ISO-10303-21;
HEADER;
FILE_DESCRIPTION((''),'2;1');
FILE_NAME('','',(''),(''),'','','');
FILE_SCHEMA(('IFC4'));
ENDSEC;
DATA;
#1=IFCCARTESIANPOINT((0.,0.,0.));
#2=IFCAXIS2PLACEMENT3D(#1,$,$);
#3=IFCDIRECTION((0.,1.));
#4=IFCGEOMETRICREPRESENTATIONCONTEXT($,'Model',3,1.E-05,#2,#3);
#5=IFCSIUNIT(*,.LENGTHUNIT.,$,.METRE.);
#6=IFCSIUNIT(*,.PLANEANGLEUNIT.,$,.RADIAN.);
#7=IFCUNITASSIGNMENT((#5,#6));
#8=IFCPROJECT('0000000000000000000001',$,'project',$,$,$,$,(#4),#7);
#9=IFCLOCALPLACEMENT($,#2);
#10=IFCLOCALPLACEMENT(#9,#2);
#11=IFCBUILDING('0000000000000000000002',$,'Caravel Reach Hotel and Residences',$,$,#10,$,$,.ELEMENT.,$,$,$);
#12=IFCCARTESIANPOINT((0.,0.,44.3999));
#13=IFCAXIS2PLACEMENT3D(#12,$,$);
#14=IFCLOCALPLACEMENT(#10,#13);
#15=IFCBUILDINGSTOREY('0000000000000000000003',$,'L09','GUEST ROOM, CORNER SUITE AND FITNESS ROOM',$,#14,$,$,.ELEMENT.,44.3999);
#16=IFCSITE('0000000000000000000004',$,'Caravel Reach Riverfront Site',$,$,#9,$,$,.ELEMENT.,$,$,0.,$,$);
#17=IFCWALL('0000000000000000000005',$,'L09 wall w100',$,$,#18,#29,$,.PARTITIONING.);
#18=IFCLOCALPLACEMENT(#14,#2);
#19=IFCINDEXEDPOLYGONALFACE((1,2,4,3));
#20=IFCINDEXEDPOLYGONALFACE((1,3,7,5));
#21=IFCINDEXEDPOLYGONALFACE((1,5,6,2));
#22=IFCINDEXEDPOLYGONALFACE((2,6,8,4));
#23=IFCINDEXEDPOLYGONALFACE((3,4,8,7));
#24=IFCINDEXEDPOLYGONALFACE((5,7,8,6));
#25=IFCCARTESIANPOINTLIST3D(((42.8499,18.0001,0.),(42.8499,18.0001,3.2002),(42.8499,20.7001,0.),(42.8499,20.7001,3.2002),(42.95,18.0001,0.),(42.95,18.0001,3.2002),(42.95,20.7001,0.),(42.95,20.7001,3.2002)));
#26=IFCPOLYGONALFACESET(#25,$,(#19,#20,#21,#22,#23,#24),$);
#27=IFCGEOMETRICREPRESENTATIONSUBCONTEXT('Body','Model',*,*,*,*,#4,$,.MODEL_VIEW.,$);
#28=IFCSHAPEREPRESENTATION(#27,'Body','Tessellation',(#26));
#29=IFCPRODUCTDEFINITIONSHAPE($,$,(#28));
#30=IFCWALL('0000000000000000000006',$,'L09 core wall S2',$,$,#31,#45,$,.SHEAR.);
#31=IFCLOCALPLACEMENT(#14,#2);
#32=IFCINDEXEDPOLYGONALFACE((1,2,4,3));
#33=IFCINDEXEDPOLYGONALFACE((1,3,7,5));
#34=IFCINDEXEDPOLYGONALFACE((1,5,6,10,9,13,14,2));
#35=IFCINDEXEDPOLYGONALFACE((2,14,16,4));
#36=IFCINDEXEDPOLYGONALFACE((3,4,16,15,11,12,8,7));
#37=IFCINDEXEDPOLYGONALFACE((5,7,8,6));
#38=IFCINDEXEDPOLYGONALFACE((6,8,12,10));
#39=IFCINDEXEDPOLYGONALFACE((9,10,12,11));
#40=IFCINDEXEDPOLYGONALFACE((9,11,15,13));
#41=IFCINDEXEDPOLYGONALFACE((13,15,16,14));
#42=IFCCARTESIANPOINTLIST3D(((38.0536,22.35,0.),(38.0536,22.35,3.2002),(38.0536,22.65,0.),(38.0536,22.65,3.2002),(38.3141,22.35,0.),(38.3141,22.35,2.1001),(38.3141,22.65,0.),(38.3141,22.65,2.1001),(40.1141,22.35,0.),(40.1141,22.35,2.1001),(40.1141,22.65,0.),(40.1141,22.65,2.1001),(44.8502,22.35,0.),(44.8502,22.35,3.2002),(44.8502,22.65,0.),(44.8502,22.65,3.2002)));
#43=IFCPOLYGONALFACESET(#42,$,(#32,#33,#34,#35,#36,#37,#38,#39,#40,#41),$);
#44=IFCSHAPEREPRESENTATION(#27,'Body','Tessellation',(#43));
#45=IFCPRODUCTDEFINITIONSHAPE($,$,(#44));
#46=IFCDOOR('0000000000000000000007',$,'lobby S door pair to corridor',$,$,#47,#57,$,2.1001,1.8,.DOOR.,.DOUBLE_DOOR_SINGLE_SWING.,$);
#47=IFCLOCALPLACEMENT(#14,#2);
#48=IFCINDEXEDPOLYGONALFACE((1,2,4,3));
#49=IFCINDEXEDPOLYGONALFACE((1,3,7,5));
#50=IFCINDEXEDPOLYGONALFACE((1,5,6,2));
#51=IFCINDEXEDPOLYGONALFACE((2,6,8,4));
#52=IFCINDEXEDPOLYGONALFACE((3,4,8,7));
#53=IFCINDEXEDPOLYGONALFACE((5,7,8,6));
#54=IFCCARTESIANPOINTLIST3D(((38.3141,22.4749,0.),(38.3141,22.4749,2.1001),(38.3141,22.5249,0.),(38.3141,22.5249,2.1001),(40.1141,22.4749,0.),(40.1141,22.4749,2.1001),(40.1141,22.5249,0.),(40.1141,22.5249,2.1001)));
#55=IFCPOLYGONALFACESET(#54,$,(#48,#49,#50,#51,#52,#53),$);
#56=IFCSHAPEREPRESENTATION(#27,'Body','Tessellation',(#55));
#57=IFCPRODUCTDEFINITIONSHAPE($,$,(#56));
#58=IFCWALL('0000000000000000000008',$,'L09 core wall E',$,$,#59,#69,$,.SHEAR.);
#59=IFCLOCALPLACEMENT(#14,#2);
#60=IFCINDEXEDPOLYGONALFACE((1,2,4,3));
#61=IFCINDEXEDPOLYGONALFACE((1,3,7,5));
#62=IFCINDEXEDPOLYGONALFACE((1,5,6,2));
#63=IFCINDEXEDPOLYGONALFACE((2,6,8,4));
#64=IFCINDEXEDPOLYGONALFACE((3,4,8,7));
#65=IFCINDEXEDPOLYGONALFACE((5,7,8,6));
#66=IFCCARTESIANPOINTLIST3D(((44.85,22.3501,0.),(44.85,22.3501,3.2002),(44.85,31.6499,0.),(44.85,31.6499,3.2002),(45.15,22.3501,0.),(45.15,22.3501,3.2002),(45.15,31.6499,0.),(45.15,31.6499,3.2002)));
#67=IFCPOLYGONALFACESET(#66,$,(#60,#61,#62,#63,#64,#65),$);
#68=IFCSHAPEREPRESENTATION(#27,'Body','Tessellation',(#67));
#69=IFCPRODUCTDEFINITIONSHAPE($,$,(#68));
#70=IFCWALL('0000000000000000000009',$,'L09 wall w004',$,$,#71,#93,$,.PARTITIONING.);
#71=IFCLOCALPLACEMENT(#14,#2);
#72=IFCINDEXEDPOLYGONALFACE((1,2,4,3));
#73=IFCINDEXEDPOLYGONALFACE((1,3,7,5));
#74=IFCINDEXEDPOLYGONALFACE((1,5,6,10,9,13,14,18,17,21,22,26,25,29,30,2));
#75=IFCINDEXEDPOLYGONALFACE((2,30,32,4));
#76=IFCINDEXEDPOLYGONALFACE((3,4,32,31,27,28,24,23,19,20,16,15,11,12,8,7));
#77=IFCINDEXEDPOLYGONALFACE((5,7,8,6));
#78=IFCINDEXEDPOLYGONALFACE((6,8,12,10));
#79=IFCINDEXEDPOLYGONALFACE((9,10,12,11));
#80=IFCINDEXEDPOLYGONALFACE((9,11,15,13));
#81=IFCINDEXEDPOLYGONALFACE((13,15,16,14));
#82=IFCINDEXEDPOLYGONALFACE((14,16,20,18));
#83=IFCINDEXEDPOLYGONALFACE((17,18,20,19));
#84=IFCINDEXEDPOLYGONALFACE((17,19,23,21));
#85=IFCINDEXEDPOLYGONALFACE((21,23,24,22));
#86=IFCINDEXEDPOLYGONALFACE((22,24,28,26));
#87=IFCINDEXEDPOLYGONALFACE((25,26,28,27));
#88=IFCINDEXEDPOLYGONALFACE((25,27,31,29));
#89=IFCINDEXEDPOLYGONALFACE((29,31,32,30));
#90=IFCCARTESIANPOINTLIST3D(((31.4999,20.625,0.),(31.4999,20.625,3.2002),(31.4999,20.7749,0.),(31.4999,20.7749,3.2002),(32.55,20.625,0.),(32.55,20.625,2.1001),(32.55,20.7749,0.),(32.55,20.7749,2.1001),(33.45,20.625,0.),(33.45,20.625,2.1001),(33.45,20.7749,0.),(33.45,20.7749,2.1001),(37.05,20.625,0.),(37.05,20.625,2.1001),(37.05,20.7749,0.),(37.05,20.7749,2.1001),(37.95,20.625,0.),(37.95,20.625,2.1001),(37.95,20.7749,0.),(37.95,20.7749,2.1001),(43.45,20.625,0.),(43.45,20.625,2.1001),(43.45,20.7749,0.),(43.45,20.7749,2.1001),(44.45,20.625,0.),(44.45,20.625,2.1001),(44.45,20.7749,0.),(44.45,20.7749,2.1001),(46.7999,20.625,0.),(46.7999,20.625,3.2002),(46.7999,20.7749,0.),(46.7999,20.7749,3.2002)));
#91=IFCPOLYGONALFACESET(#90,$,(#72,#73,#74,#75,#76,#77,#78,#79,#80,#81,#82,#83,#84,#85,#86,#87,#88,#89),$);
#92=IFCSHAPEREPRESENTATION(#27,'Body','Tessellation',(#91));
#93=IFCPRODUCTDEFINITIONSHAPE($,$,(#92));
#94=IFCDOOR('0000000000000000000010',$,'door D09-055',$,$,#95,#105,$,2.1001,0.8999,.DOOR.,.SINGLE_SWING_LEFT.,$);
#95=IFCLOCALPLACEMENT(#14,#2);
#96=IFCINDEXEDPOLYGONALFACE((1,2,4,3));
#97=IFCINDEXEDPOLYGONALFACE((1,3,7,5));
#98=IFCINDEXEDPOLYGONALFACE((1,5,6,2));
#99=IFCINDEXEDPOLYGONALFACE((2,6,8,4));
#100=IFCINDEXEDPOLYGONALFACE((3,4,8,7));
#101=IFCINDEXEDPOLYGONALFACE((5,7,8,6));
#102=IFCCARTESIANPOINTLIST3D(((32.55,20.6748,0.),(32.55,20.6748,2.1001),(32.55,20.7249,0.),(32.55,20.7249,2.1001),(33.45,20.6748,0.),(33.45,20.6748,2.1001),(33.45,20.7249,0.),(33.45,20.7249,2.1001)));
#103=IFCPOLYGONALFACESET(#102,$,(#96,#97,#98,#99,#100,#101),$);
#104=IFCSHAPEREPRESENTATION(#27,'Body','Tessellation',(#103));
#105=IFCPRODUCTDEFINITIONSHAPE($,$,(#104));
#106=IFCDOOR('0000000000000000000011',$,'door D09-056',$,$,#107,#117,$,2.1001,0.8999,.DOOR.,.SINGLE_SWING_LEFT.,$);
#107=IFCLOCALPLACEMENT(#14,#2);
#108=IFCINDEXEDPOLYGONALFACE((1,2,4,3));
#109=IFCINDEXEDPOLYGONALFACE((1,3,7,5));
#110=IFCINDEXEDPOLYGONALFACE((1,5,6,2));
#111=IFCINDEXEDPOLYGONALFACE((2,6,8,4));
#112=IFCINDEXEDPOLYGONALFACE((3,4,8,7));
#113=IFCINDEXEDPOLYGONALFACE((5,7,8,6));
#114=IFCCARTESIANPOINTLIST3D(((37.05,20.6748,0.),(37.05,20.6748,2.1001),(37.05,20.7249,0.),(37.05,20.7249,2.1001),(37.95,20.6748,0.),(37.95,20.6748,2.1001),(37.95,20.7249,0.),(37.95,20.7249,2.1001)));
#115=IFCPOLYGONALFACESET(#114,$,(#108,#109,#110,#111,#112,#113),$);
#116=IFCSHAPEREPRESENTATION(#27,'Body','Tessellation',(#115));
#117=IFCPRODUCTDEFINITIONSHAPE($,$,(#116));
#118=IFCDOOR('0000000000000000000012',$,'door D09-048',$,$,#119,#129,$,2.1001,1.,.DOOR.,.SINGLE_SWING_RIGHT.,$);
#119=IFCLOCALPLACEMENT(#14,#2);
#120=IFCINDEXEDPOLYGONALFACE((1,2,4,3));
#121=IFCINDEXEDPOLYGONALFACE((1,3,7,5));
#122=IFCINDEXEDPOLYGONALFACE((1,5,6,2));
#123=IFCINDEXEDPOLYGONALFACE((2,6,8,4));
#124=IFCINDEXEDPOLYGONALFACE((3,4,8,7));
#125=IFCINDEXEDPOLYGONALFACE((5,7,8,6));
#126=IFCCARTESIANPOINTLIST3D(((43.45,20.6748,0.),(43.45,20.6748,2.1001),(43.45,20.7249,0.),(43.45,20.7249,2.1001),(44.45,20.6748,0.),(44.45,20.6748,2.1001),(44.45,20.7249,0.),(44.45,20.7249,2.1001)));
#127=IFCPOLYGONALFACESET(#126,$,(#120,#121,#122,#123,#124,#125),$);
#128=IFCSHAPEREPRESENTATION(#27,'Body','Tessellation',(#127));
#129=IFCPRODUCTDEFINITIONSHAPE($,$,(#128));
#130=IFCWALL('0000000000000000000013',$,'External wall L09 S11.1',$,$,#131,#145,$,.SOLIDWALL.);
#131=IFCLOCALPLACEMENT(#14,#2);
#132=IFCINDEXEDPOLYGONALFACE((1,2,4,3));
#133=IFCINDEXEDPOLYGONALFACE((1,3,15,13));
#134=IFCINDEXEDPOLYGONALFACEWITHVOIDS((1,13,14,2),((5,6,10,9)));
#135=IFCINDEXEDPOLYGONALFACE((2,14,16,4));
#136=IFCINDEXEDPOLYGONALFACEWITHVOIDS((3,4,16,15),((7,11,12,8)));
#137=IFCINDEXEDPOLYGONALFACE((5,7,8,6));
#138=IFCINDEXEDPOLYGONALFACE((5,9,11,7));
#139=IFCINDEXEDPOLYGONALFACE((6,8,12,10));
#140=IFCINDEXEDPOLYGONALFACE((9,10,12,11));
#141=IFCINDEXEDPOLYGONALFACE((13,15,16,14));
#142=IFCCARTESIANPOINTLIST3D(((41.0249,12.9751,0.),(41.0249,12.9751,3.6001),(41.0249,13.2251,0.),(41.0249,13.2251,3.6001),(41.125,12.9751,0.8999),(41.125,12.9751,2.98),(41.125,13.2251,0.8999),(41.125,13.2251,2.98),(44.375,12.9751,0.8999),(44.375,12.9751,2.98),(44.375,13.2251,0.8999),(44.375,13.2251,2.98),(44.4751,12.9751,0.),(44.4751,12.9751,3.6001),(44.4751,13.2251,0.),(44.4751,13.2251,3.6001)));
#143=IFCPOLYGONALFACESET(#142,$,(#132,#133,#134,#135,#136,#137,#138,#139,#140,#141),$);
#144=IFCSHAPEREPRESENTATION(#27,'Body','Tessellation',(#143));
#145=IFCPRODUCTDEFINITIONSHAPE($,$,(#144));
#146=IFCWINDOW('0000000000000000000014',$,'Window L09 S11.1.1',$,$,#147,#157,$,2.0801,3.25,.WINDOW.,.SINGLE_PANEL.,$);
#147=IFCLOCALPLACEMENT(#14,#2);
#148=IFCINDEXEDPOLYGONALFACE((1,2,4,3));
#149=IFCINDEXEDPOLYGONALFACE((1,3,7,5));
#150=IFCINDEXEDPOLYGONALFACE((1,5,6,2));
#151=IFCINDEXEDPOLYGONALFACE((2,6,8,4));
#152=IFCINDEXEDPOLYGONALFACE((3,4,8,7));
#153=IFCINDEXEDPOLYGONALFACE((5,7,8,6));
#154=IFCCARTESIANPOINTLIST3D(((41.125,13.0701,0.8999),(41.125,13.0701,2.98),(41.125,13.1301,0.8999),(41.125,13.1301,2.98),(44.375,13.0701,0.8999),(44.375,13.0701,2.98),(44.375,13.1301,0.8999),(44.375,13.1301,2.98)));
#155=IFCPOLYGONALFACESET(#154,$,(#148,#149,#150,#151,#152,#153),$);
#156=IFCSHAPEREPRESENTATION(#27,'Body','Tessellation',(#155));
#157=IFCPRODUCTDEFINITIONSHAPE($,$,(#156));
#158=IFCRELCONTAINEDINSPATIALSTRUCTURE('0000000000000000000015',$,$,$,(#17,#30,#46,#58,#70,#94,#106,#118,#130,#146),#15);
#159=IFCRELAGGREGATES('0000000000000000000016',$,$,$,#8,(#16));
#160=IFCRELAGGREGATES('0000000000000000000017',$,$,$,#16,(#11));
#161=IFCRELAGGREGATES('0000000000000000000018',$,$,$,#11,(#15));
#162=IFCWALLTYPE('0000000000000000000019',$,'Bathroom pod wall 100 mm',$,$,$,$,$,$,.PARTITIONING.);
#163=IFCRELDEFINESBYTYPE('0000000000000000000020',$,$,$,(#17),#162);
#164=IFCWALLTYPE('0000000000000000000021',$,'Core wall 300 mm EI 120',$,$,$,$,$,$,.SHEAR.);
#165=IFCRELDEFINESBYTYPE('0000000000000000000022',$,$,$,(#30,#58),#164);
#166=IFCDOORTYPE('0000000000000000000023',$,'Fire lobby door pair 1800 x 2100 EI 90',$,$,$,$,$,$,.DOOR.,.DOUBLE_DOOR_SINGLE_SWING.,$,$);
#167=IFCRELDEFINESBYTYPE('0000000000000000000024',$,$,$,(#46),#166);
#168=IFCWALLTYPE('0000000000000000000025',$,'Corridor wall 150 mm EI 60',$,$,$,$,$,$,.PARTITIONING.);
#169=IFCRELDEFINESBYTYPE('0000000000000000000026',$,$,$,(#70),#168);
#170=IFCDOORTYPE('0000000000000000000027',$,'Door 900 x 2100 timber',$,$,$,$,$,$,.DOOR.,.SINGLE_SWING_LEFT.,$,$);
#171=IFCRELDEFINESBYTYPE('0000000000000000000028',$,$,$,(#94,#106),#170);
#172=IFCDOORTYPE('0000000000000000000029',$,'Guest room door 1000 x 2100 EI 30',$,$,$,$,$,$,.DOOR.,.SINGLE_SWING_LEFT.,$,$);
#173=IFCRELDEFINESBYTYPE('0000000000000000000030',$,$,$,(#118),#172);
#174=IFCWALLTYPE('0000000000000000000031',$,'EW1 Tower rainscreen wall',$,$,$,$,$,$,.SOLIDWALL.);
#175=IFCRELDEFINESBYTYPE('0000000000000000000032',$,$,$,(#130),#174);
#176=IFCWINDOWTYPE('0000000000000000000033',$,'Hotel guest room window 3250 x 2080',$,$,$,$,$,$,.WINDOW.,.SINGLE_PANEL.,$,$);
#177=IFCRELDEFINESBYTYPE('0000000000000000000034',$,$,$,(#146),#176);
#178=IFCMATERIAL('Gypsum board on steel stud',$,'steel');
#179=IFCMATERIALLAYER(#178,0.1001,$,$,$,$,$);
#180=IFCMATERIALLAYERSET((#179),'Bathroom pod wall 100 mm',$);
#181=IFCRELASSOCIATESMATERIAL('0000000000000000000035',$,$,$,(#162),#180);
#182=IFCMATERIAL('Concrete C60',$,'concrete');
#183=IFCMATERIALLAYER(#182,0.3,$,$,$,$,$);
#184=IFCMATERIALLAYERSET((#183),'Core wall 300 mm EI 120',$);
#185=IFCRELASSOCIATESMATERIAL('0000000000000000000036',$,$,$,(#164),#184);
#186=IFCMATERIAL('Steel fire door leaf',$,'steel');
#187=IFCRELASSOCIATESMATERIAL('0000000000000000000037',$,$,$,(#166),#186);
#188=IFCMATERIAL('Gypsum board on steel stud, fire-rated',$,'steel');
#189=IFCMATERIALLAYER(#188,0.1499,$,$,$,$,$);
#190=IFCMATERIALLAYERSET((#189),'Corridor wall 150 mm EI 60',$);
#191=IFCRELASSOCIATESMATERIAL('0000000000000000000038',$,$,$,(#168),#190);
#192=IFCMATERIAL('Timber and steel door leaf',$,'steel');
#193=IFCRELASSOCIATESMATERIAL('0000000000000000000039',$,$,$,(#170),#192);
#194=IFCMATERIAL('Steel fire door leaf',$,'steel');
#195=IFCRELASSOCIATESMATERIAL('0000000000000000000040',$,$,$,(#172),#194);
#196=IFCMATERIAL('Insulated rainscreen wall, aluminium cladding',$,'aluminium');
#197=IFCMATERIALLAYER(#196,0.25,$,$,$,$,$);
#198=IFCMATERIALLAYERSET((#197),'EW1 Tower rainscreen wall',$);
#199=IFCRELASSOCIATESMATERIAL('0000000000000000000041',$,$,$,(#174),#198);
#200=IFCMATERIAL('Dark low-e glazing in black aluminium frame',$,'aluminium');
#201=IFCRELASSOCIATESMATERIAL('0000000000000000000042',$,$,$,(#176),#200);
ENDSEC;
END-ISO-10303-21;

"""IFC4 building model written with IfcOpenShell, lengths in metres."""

from ifc_helpers import new_model, si_unit, direction, frame, frame_2d, origin, place, context, subcontext, project, spatial, rectangle, extrude, material, layer, layer_set, type_object, element, fill, save


model = new_model("IFC4")

# Units and contexts
model_context = context("Model", 3, precision=1e-05, world=origin(), true_north=direction((0.0, 1.0)))
body_context = subcontext(model_context, "Body", "Model", "MODEL_VIEW")
ifc_project = project(units=[si_unit("LENGTHUNIT", "METRE"), si_unit("PLANEANGLEUNIT", "RADIAN")], contexts=[model_context])

# Site, building, storey
site_placement = place(None, origin())
site = spatial("IfcSite", under=ifc_project, at=site_placement, Name="Caravel Reach Riverfront Site", CompositionType="ELEMENT", RefElevation=0.0)
building_placement = place(site_placement, origin())
building = spatial("IfcBuilding", under=site, at=building_placement, Name="Caravel Reach Hotel and Residences", CompositionType="ELEMENT")
storey_placement = place(building_placement, frame((0.0, 0.0, 44.3999)))
storey = spatial("IfcBuildingStorey", under=building, at=storey_placement, Name="L09", Description="GUEST ROOM, CORNER SUITE AND FITNESS ROOM", CompositionType="ELEMENT", Elevation=44.3999)

# Shared definitions
ifc_material_1 = material(Name="Gypsum board on steel stud", Category="steel")
ifc_layer_1 = layer(ifc_material_1, 0.1001)
ifc_layer_set_1 = layer_set([ifc_layer_1], Name="Bathroom pod wall 100 mm")
wall_type_1 = type_object("IfcWallType", Name="Bathroom pod wall 100 mm", PredefinedType="PARTITIONING", material=ifc_layer_set_1)

# Wall
wall_1_placement = place(storey_placement, frame((42.8999, 18.0, 0.0), z_axis=(0.0, 0.0, 1.0), x_axis=(0.0, 1.0, 0.0)))
element("IfcWall", 1, at=wall_1_placement, inside=storey, type_object=wall_type_1, Name="L09 wall w100", PredefinedType="PARTITIONING", context=body_context, shape_type="SweptSolid", body=[
    extrude(rectangle(XDim=2.7, YDim=0.1001, at=frame_2d((1.3501, 0.0))), origin(), (0.0, 0.0, 1.0), 3.2002),
])

# Wall, opening, door
ifc_material_2 = material(Name="Concrete C60", Category="concrete")
ifc_layer_2 = layer(ifc_material_2, 0.3)
ifc_layer_set_2 = layer_set([ifc_layer_2], Name="Core wall 300 mm EI 120")
wall_type_2 = type_object("IfcWallType", Name="Core wall 300 mm EI 120", PredefinedType="SHEAR", material=ifc_layer_set_2)
wall_2_placement = place(storey_placement, frame((38.0535, 22.5, 0.0), z_axis=(0.0, 0.0, 1.0), x_axis=(1.0, 0.0, 0.0)))
wall_2 = element("IfcWall", 2, at=wall_2_placement, inside=storey, type_object=wall_type_2, Name="L09 core wall S2", PredefinedType="SHEAR", context=body_context, shape_type="SweptSolid", body=[
    extrude(rectangle(XDim=6.7966, YDim=0.3, at=frame_2d((3.3984, 0.0))), origin(), (0.0, 0.0, 1.0), 3.2002),
])
opening_1_placement = place(wall_2_placement, frame((0.2607, 0.0, 0.0)))
opening_1 = element("IfcOpeningElement", 3, at=opening_1_placement, cuts=wall_2, PredefinedType="OPENING", context=body_context, shape_type="SweptSolid", body=[
    extrude(rectangle(XDim=1.8, YDim=2.1001, at=frame_2d((0.8999, 1.05))), frame((0.0, 0.1599, 0.0), z_axis=(0.0, -1.0, 0.0), x_axis=(1.0, 0.0, 0.0)), (0.0, 0.0, 1.0), 0.3201),
])
ifc_material_3 = material(Name="Steel fire door leaf", Category="steel")
door_type_1 = type_object("IfcDoorType", Name="Fire lobby door pair 1800 x 2100 EI 90", OperationType="DOUBLE_DOOR_SINGLE_SWING", PredefinedType="DOOR", material=ifc_material_3)
door_1_placement = place(opening_1_placement, origin())
door_1 = element("IfcDoor", 4, at=door_1_placement, inside=storey, type_object=door_type_1, Name="lobby S door pair to corridor", OperationType="DOUBLE_DOOR_SINGLE_SWING", OverallHeight=2.1001, OverallWidth=1.8, PredefinedType="DOOR", context=body_context, shape_type="SweptSolid", body=[
    extrude(rectangle(XDim=1.8, YDim=2.1001, at=frame_2d((0.8999, 1.05))), frame((0.0, 0.0249, 0.0), z_axis=(0.0, -1.0, 0.0), x_axis=(1.0, 0.0, 0.0)), (0.0, 0.0, 1.0), 0.05),
])
fill(opening_1, door_1)

# Wall
wall_3_placement = place(storey_placement, frame((45.0, 22.3501, 0.0), z_axis=(0.0, 0.0, 1.0), x_axis=(0.0, 1.0, 0.0)))
element("IfcWall", 5, at=wall_3_placement, inside=storey, type_object=wall_type_2, Name="L09 core wall E", PredefinedType="SHEAR", context=body_context, shape_type="SweptSolid", body=[
    extrude(rectangle(XDim=9.2998, YDim=0.3, at=frame_2d((4.6499, 0.0))), origin(), (0.0, 0.0, 1.0), 3.2002),
])

# Wall, openings, doors
ifc_material_4 = material(Name="Gypsum board on steel stud, fire-rated", Category="steel")
ifc_layer_3 = layer(ifc_material_4, 0.1499)
ifc_layer_set_3 = layer_set([ifc_layer_3], Name="Corridor wall 150 mm EI 60")
wall_type_3 = type_object("IfcWallType", Name="Corridor wall 150 mm EI 60", PredefinedType="PARTITIONING", material=ifc_layer_set_3)
wall_4_placement = place(storey_placement, frame((31.5, 20.7, 0.0), z_axis=(0.0, 0.0, 1.0), x_axis=(1.0, 0.0, 0.0)))
wall_4 = element("IfcWall", 6, at=wall_4_placement, inside=storey, type_object=wall_type_3, Name="L09 wall w004", PredefinedType="PARTITIONING", context=body_context, shape_type="SweptSolid", body=[
    extrude(rectangle(XDim=15.3, YDim=0.1499, at=frame_2d((7.6499, 0.0))), origin(), (0.0, 0.0, 1.0), 3.2002),
])
opening_2_placement = place(wall_4_placement, frame((11.95, 0.0, 0.0)))
opening_2 = element("IfcOpeningElement", 7, at=opening_2_placement, cuts=wall_4, PredefinedType="OPENING", context=body_context, shape_type="SweptSolid", body=[
    extrude(rectangle(XDim=1.0, YDim=2.1001, at=frame_2d((0.5, 1.05))), frame((0.0, 0.085, 0.0), z_axis=(0.0, -1.0, 0.0), x_axis=(1.0, 0.0, 0.0)), (0.0, 0.0, 1.0), 0.1699),
])
opening_3_placement = place(wall_4_placement, frame((1.05, 0.0, 0.0)))
opening_3 = element("IfcOpeningElement", 8, at=opening_3_placement, cuts=wall_4, PredefinedType="OPENING", context=body_context, shape_type="SweptSolid", body=[
    extrude(rectangle(XDim=0.8999, YDim=2.1001, at=frame_2d((0.45, 1.05))), frame((0.0, 0.085, 0.0), z_axis=(0.0, -1.0, 0.0), x_axis=(1.0, 0.0, 0.0)), (0.0, 0.0, 1.0), 0.1699),
])
opening_4_placement = place(wall_4_placement, frame((5.55, 0.0, 0.0)))
opening_4 = element("IfcOpeningElement", 9, at=opening_4_placement, cuts=wall_4, PredefinedType="OPENING", context=body_context, shape_type="SweptSolid", body=[
    extrude(rectangle(XDim=0.8999, YDim=2.1001, at=frame_2d((0.45, 1.05))), frame((0.0, 0.085, 0.0), z_axis=(0.0, -1.0, 0.0), x_axis=(1.0, 0.0, 0.0)), (0.0, 0.0, 1.0), 0.1699),
])
ifc_material_5 = material(Name="Timber and steel door leaf", Category="steel")
door_type_2 = type_object("IfcDoorType", Name="Door 900 x 2100 timber", OperationType="SINGLE_SWING_LEFT", PredefinedType="DOOR", material=ifc_material_5)
door_2_placement = place(opening_3_placement, origin())
door_2 = element("IfcDoor", 10, at=door_2_placement, inside=storey, type_object=door_type_2, Name="door D09-055", OperationType="SINGLE_SWING_LEFT", OverallHeight=2.1001, OverallWidth=0.8999, PredefinedType="DOOR", context=body_context, shape_type="SweptSolid", body=[
    extrude(rectangle(XDim=0.8999, YDim=2.1001, at=frame_2d((0.45, 1.05))), frame((0.0, 0.0249, 0.0), z_axis=(0.0, -1.0, 0.0), x_axis=(1.0, 0.0, 0.0)), (0.0, 0.0, 1.0), 0.05),
])
fill(opening_3, door_2)
door_3_placement = place(opening_4_placement, origin())
door_3 = element("IfcDoor", 11, at=door_3_placement, inside=storey, type_object=door_type_2, Name="door D09-056", OperationType="SINGLE_SWING_LEFT", OverallHeight=2.1001, OverallWidth=0.8999, PredefinedType="DOOR", context=body_context, shape_type="SweptSolid", body=[
    extrude(rectangle(XDim=0.8999, YDim=2.1001, at=frame_2d((0.45, 1.05))), frame((0.0, 0.0249, 0.0), z_axis=(0.0, -1.0, 0.0), x_axis=(1.0, 0.0, 0.0)), (0.0, 0.0, 1.0), 0.05),
])
fill(opening_4, door_3)
ifc_material_6 = material(Name="Steel fire door leaf", Category="steel")
door_type_3 = type_object("IfcDoorType", Name="Guest room door 1000 x 2100 EI 30", OperationType="SINGLE_SWING_LEFT", PredefinedType="DOOR", material=ifc_material_6)
door_4_placement = place(opening_2_placement, origin())
door_4 = element("IfcDoor", 12, at=door_4_placement, inside=storey, type_object=door_type_3, Name="door D09-048", OperationType="SINGLE_SWING_RIGHT", OverallHeight=2.1001, OverallWidth=1.0, PredefinedType="DOOR", context=body_context, shape_type="SweptSolid", body=[
    extrude(rectangle(XDim=1.0, YDim=2.1001, at=frame_2d((0.5, 1.05))), frame((0.0, 0.0249, 0.0), z_axis=(0.0, -1.0, 0.0), x_axis=(1.0, 0.0, 0.0)), (0.0, 0.0, 1.0), 0.05),
])
fill(opening_2, door_4)

# Wall, opening, window
ifc_material_7 = material(Name="Insulated rainscreen wall, aluminium cladding", Category="aluminium")
ifc_layer_4 = layer(ifc_material_7, 0.25)
ifc_layer_set_4 = layer_set([ifc_layer_4], Name="EW1 Tower rainscreen wall")
wall_type_4 = type_object("IfcWallType", Name="EW1 Tower rainscreen wall", PredefinedType="SOLIDWALL", material=ifc_layer_set_4)
wall_5_placement = place(storey_placement, frame((41.0249, 13.1001, 0.0), z_axis=(0.0, 0.0, 1.0), x_axis=(1.0, 0.0, 0.0)))
wall_5 = element("IfcWall", 13, at=wall_5_placement, inside=storey, type_object=wall_type_4, Name="External wall L09 S11.1", PredefinedType="SOLIDWALL", context=body_context, shape_type="SweptSolid", body=[
    extrude(rectangle(XDim=3.4502, YDim=0.25, at=frame_2d((1.7251, 0.0))), origin(), (0.0, 0.0, 1.0), 3.6001),
])
opening_5_placement = place(wall_5_placement, frame((0.1001, 0.0, 0.8999)))
opening_5 = element("IfcOpeningElement", 14, at=opening_5_placement, cuts=wall_5, PredefinedType="OPENING", context=body_context, shape_type="SweptSolid", body=[
    extrude(rectangle(XDim=3.25, YDim=2.0801, at=frame_2d((1.625, 1.04))), frame((0.0, 0.135, 0.0), z_axis=(0.0, -1.0, 0.0), x_axis=(1.0, 0.0, 0.0)), (0.0, 0.0, 1.0), 0.27),
])
ifc_material_8 = material(Name="Dark low-e glazing in black aluminium frame", Category="aluminium")
window_type = type_object("IfcWindowType", Name="Hotel guest room window 3250 x 2080", PartitioningType="SINGLE_PANEL", PredefinedType="WINDOW", material=ifc_material_8)
window_placement = place(opening_5_placement, origin())
window = element("IfcWindow", 15, at=window_placement, inside=storey, type_object=window_type, Name="Window L09 S11.1.1", OverallHeight=2.0801, OverallWidth=3.25, PartitioningType="SINGLE_PANEL", PredefinedType="WINDOW", context=body_context, shape_type="SweptSolid", body=[
    extrude(rectangle(XDim=3.25, YDim=2.0801, at=frame_2d((1.625, 1.04))), frame((0.0, 0.03, 0.0), z_axis=(0.0, -1.0, 0.0), x_axis=(1.0, 0.0, 0.0)), (0.0, 0.0, 1.0), 0.0601),
])
fill(opening_5, window)

save(model, "model.ifc")
